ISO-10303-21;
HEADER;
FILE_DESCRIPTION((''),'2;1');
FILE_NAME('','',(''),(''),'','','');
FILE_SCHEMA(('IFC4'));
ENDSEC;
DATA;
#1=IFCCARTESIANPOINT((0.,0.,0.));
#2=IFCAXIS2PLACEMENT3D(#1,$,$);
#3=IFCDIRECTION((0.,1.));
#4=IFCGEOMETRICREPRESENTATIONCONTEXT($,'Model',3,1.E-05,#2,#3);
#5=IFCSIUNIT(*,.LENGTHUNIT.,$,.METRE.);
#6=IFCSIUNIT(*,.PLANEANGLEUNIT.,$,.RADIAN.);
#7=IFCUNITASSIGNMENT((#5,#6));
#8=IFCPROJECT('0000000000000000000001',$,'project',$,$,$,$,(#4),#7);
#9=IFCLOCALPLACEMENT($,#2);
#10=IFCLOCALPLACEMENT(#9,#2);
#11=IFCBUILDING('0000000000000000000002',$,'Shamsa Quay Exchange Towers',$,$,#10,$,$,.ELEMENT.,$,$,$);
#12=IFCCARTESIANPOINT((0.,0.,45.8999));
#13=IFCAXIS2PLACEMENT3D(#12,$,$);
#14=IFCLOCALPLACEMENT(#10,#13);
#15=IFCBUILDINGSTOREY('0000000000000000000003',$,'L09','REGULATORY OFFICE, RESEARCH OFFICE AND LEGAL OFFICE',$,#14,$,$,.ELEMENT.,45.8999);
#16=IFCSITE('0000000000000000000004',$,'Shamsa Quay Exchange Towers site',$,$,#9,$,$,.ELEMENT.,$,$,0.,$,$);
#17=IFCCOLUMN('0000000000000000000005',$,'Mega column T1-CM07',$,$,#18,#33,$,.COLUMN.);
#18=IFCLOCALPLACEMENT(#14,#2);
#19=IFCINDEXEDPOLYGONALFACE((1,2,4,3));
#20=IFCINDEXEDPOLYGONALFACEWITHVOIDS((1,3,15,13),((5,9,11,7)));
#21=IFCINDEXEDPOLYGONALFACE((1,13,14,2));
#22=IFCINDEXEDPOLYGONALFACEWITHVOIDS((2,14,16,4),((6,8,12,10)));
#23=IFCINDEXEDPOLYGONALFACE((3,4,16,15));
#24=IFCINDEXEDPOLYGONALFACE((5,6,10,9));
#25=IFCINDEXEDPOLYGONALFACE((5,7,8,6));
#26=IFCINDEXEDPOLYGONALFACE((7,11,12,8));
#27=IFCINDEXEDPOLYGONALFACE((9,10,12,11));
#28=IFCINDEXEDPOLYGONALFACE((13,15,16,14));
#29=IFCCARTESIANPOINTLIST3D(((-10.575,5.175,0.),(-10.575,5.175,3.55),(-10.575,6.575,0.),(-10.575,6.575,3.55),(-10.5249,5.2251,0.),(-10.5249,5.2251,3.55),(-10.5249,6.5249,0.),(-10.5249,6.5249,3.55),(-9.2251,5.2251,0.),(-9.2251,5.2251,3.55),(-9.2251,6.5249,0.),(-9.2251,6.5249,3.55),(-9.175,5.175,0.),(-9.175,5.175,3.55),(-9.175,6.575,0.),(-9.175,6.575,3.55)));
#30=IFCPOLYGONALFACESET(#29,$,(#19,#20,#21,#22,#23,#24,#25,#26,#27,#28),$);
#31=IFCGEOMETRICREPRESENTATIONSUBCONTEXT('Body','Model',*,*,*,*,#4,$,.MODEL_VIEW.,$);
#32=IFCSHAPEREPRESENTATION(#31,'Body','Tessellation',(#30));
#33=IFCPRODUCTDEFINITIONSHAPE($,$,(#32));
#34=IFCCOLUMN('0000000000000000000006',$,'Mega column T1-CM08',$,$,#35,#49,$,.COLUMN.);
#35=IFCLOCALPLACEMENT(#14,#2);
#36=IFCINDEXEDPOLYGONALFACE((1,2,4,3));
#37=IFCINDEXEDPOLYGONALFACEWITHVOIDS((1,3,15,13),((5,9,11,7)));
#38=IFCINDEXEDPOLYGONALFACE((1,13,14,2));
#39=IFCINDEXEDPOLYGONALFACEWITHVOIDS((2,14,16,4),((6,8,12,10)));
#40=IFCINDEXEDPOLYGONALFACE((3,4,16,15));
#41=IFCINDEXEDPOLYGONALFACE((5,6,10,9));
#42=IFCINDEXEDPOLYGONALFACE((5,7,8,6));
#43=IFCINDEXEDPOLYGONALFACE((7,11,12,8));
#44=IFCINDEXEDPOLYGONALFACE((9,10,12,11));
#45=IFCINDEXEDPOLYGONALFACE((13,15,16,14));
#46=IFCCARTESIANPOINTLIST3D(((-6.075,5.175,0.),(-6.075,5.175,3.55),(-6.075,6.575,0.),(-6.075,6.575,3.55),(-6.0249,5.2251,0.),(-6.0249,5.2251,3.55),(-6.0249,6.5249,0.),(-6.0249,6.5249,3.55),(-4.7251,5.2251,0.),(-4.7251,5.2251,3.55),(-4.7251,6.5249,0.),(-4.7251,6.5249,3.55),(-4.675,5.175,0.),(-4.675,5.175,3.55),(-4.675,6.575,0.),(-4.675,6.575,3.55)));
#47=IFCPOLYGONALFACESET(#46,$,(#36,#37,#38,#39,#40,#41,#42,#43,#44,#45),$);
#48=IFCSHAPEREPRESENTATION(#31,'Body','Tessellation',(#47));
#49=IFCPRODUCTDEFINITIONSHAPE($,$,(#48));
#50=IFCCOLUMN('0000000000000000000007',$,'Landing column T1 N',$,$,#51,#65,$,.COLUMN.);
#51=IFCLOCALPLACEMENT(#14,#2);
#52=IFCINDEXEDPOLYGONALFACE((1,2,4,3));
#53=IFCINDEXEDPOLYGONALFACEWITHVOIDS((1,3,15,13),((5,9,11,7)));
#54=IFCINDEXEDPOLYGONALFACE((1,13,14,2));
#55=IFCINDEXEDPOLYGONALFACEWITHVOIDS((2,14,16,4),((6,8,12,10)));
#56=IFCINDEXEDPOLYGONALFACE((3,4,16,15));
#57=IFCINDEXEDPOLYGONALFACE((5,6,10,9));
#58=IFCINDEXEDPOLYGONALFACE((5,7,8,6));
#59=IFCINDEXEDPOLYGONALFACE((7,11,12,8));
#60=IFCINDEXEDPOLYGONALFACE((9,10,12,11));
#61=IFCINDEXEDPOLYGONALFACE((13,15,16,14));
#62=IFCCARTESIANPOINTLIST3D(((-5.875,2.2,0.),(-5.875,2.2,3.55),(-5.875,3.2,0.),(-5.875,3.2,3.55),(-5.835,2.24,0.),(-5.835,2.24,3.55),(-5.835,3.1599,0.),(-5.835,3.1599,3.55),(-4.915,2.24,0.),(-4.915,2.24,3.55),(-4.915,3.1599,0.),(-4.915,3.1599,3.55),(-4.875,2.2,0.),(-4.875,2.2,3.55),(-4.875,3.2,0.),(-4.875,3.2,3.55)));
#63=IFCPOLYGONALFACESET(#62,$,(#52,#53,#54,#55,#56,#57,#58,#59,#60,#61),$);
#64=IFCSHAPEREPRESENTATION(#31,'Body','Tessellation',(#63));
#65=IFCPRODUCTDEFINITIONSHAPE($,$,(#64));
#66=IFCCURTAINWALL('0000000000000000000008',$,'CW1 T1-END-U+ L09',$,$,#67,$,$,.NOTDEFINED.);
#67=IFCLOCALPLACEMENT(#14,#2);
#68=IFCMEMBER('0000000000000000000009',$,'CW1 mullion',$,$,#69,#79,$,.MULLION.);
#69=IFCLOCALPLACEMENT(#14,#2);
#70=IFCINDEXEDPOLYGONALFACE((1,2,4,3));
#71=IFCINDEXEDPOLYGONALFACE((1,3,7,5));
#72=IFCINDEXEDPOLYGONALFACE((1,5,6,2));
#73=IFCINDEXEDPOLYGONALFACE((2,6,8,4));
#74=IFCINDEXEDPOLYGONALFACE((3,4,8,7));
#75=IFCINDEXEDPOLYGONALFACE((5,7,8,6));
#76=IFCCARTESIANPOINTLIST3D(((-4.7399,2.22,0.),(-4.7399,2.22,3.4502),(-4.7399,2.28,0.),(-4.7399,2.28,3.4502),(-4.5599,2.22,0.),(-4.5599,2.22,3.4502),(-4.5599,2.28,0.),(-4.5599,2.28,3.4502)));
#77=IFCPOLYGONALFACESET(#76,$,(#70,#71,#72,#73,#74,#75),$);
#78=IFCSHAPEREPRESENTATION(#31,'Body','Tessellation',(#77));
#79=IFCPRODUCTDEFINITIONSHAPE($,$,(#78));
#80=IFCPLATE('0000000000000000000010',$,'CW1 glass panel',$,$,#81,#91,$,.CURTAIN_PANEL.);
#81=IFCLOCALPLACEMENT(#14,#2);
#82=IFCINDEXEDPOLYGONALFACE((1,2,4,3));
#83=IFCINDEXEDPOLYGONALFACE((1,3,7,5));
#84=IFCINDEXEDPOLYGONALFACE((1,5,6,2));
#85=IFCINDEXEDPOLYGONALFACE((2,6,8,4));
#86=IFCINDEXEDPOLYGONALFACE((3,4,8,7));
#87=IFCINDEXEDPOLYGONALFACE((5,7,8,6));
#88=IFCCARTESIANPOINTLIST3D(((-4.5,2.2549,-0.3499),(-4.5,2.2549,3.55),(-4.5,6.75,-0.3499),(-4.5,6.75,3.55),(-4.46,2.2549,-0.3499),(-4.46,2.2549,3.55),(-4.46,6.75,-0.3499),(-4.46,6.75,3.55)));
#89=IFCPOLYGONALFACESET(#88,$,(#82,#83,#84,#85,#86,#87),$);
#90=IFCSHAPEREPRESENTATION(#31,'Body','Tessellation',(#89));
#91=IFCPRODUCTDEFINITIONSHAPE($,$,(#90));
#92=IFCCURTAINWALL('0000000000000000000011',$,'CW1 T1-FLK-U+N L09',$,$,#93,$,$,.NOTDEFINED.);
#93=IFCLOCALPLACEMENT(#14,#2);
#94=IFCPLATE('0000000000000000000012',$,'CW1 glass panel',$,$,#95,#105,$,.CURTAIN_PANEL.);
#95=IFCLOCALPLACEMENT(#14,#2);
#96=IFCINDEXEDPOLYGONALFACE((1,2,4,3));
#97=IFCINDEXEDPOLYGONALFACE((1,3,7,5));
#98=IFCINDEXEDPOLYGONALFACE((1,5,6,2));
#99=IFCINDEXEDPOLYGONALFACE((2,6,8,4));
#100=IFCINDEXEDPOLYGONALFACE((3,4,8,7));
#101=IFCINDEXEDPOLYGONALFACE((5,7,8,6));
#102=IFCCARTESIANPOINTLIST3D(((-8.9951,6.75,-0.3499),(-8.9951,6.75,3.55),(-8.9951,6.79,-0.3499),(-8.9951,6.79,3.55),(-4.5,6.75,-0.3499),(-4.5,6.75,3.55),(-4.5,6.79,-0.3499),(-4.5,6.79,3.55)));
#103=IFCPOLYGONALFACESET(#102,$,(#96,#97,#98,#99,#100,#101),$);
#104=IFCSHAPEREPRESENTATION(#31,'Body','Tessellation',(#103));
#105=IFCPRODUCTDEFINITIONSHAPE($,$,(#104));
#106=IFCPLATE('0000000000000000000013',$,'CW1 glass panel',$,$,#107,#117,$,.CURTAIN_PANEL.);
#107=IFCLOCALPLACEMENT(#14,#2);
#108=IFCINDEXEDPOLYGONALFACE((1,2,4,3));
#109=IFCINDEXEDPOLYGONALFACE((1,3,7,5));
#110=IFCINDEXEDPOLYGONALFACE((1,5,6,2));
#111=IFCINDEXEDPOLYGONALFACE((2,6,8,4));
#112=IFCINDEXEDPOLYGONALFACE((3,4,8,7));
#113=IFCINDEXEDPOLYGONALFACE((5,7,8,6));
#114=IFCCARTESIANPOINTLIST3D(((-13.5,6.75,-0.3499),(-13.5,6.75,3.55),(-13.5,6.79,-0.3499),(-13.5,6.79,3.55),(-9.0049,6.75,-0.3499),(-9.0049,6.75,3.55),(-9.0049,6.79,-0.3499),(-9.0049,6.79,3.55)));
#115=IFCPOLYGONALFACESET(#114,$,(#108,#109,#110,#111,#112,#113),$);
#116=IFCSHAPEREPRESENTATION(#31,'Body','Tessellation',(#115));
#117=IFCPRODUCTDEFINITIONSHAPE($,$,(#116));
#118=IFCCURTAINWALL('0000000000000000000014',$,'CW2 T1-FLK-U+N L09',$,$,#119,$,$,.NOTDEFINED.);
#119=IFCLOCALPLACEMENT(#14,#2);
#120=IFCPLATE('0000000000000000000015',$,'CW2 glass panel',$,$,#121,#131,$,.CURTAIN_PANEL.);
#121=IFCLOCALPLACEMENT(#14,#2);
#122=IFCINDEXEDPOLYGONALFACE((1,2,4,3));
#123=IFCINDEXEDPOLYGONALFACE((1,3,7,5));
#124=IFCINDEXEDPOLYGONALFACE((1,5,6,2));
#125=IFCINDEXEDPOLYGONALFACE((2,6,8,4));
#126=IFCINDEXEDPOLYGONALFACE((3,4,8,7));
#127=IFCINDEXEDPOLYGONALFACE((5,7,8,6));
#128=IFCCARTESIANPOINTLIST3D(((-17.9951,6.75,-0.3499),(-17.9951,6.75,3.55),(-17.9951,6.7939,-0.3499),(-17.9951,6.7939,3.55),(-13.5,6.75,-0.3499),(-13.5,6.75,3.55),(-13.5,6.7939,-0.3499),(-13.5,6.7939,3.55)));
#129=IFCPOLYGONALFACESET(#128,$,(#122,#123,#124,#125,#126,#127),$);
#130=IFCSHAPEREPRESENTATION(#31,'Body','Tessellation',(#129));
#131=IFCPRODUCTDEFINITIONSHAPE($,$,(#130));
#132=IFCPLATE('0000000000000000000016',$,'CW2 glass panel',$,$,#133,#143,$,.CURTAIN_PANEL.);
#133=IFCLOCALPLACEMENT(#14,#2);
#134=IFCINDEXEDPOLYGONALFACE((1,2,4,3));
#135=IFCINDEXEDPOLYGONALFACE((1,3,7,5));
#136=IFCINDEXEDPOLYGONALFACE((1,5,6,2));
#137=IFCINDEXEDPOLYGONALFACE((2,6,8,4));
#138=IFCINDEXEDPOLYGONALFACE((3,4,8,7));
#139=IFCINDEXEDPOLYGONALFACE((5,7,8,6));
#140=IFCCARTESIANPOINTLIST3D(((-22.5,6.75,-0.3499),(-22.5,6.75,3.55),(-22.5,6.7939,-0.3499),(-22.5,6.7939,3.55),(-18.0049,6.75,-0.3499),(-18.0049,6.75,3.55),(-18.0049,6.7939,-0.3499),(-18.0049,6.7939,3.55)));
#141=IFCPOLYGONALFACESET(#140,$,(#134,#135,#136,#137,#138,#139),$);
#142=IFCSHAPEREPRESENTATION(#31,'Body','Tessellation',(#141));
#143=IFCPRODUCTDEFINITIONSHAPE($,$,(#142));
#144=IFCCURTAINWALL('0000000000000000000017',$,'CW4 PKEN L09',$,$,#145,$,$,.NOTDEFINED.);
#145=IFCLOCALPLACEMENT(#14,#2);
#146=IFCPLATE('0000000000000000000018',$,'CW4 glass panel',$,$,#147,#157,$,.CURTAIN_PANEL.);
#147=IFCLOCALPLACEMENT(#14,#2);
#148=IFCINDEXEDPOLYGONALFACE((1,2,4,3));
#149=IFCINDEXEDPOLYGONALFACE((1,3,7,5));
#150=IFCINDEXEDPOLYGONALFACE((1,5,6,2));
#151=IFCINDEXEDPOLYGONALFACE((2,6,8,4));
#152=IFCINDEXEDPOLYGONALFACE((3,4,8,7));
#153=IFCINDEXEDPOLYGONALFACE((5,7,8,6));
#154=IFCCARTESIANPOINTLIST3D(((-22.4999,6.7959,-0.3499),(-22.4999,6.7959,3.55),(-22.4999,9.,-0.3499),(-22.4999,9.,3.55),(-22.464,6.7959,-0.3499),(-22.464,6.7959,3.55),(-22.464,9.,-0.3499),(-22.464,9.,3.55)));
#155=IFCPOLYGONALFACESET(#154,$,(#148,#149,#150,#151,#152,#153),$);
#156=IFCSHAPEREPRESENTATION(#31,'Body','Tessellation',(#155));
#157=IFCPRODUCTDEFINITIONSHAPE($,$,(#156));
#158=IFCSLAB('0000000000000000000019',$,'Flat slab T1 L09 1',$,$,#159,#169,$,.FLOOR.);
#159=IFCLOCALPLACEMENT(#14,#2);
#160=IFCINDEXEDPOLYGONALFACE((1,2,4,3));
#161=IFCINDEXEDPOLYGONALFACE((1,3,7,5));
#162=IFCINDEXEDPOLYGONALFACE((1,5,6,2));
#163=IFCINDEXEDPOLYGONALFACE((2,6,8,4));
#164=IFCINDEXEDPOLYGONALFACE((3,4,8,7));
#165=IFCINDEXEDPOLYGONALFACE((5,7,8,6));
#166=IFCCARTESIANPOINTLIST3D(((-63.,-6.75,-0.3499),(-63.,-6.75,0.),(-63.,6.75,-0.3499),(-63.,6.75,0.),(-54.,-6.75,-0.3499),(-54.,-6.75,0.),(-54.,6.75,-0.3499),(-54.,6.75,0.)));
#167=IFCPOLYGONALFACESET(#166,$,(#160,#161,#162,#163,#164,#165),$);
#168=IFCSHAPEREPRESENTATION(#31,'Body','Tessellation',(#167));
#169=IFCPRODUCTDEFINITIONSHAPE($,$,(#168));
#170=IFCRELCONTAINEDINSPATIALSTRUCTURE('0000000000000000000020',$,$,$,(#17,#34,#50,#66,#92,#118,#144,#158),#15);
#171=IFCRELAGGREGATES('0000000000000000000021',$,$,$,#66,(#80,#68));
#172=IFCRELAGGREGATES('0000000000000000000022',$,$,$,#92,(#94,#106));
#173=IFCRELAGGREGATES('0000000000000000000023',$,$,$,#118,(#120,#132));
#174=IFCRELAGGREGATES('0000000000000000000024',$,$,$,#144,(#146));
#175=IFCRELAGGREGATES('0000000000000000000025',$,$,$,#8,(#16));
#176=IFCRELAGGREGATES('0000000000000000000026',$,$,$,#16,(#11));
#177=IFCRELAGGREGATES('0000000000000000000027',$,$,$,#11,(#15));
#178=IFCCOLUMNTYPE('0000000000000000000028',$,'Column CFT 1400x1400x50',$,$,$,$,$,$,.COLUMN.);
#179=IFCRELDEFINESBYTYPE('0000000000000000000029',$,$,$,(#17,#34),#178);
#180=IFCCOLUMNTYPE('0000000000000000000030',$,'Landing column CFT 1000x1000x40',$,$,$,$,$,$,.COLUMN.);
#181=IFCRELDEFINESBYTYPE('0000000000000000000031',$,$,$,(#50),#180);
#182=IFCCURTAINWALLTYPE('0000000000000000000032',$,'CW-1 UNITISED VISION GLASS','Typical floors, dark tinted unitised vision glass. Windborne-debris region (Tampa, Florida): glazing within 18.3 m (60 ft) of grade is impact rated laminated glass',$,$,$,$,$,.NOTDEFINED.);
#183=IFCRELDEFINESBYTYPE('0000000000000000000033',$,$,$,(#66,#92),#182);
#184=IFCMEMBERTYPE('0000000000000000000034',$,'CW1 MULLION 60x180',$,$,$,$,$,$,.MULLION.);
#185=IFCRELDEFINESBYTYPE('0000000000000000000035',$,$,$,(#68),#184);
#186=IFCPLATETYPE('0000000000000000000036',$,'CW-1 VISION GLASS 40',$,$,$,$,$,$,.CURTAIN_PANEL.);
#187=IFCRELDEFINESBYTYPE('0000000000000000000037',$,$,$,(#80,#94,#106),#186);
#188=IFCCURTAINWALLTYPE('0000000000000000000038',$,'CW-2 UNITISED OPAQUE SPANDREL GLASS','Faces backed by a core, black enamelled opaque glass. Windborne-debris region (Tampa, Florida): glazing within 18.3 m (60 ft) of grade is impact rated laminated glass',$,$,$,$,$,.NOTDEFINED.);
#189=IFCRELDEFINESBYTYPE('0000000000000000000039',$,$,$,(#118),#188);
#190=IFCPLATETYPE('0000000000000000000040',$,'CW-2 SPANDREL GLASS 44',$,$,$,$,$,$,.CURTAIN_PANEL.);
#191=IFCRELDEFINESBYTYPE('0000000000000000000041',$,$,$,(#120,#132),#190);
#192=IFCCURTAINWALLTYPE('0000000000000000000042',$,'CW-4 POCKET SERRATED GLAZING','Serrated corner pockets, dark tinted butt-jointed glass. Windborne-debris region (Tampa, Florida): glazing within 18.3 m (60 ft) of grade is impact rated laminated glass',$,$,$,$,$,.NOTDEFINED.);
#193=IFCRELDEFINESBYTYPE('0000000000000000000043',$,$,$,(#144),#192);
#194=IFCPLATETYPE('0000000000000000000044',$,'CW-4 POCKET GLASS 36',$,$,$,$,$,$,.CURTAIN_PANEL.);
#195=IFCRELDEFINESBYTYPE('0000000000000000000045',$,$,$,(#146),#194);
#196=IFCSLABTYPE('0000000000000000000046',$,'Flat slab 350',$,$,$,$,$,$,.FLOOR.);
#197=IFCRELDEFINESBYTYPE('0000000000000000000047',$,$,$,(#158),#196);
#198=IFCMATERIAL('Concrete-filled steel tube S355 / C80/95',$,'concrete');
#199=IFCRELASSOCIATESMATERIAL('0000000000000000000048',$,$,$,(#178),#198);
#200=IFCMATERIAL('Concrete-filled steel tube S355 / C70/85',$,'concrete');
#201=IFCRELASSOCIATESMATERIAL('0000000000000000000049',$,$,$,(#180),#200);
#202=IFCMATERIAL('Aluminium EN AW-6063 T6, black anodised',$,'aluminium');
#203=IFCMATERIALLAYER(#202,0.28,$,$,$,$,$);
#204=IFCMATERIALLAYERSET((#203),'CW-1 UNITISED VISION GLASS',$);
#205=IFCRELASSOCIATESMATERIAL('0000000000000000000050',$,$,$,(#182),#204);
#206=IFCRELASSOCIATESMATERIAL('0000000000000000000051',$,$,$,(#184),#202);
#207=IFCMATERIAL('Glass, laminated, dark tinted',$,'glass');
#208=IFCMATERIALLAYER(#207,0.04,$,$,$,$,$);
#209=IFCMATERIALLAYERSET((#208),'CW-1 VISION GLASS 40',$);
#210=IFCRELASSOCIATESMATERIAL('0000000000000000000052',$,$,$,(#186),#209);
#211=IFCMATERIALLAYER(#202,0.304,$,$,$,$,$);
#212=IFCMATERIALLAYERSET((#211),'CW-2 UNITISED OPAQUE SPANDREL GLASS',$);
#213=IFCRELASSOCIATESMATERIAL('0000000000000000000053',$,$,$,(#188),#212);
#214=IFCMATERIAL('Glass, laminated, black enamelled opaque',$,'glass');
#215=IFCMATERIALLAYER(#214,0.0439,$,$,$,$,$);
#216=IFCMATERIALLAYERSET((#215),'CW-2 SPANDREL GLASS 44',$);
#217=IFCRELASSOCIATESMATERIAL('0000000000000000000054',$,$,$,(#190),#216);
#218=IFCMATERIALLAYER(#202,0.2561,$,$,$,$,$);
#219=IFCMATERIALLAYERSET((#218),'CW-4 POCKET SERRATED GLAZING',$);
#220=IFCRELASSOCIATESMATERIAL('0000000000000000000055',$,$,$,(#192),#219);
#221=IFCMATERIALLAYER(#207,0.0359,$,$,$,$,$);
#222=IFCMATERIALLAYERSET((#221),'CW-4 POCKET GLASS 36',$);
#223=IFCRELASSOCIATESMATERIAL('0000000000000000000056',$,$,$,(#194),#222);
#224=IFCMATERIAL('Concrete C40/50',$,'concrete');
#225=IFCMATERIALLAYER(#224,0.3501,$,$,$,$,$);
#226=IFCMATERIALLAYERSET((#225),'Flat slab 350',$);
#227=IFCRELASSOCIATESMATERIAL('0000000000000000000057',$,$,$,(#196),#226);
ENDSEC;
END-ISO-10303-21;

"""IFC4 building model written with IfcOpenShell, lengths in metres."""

from ifc_helpers import new_model, si_unit, direction, frame, origin, origin_2d, place, context, subcontext, project, spatial, polyline, rectangle, hollow_rectangle, outline, extrude, material, layer, layer_set, material_profile, profile_set, type_object, element, aggregate, save


model = new_model("IFC4")

# Units and contexts
model_context = context("Model", 3, precision=1e-05, world=origin(), true_north=direction((0.0, 1.0)))
body_context = subcontext(model_context, "Body", "Model", "MODEL_VIEW")
ifc_project = project(units=[si_unit("LENGTHUNIT", "METRE"), si_unit("PLANEANGLEUNIT", "RADIAN")], contexts=[model_context])

# Site, building, storey
site_placement = place(None, origin())
site = spatial("IfcSite", under=ifc_project, at=site_placement, Name="Shamsa Quay Exchange Towers site", CompositionType="ELEMENT", RefElevation=0.0)
building_placement = place(site_placement, origin())
building = spatial("IfcBuilding", under=site, at=building_placement, Name="Shamsa Quay Exchange Towers", CompositionType="ELEMENT")
storey_placement = place(building_placement, frame((0.0, 0.0, 45.8999)))
storey = spatial("IfcBuildingStorey", under=building, at=storey_placement, Name="L09", Description="REGULATORY OFFICE, RESEARCH OFFICE AND LEGAL OFFICE", CompositionType="ELEMENT", Elevation=45.8999)

# Columns
ifc_material_1 = material(Name="Concrete-filled steel tube S355 / C80/95", Category="concrete")
ifc_material_profile_1 = material_profile(ifc_material_1, hollow_rectangle(XDim=1.3999, YDim=1.3999, WallThickness=0.05, at=origin_2d()), Name="CFT 1400x1400x50")
ifc_profile_set_1 = profile_set([ifc_material_profile_1], Name="Concrete-filled steel tube S355 / C80/95")
column_type_1 = type_object("IfcColumnType", Name="Column CFT 1400x1400x50", PredefinedType="COLUMN", material=ifc_profile_set_1)
for number, where, name in (
    (1, (-9.875, 5.875, 0.0), "Mega column T1-CM07"),
    (2, (-5.375, 5.875, 0.0), "Mega column T1-CM08"),
):
    element("IfcColumn", number, at=place(storey_placement, frame(where)), inside=storey, type_object=column_type_1, Name=name, PredefinedType="COLUMN", context=body_context, shape_type="SweptSolid", body=[
        extrude(hollow_rectangle(XDim=1.3999, YDim=1.3999, WallThickness=0.05, at=origin_2d()), origin(), (0.0, 0.0, 1.0), 3.55),
    ])
ifc_material_2 = material(Name="Concrete-filled steel tube S355 / C70/85", Category="concrete")
ifc_material_profile_2 = material_profile(ifc_material_2, hollow_rectangle(XDim=1.0, YDim=1.0, WallThickness=0.04, at=origin_2d()), Name="CFT 1000x1000x40")
ifc_profile_set_2 = profile_set([ifc_material_profile_2], Name="Concrete-filled steel tube S355 / C70/85")
column_type_2 = type_object("IfcColumnType", Name="Landing column CFT 1000x1000x40", PredefinedType="COLUMN", material=ifc_profile_set_2)
column_placement = place(storey_placement, frame((-5.375, 2.7, 0.0)))
element("IfcColumn", 3, at=column_placement, inside=storey, type_object=column_type_2, Name="Landing column T1 N", PredefinedType="COLUMN", context=body_context, shape_type="SweptSolid", body=[
    extrude(hollow_rectangle(XDim=1.0, YDim=1.0, WallThickness=0.04, at=origin_2d()), origin(), (0.0, 0.0, 1.0), 3.55),
])

# Curtain wall, member, plate
ifc_material_3 = material(Name="Aluminium EN AW-6063 T6, black anodised", Category="aluminium")
ifc_layer_1 = layer(ifc_material_3, 0.28)
ifc_layer_set_1 = layer_set([ifc_layer_1], Name="CW-1 UNITISED VISION GLASS")
curtain_wall_type_1 = type_object("IfcCurtainWallType", Name="CW-1 UNITISED VISION GLASS", Description="Typical floors, dark tinted unitised vision glass. Windborne-debris region (Tampa, Florida): glazing within 18.3 m (60 ft) of grade is impact rated laminated glass", PredefinedType="NOTDEFINED", material=ifc_layer_set_1)
curtain_wall_1_placement = place(storey_placement, origin())
curtain_wall_1 = element("IfcCurtainWall", 4, at=curtain_wall_1_placement, inside=storey, type_object=curtain_wall_type_1, Name="CW1 T1-END-U+ L09", PredefinedType="NOTDEFINED")
ifc_material_profile_3 = material_profile(ifc_material_3, rectangle(XDim=0.1799, YDim=0.0601, at=origin_2d()), Name="MU60x180")
ifc_profile_set_3 = profile_set([ifc_material_profile_3], Name="Aluminium EN AW-6063 T6, black anodised")
member_type = type_object("IfcMemberType", Name="CW1 MULLION 60x180", PredefinedType="MULLION", material=ifc_profile_set_3)
member_placement = place(storey_placement, frame((-4.6499, 2.25, 0.0), z_axis=(0.0, 0.0, 1.0), x_axis=(-1.0, 0.0, 0.0)))
member = element("IfcMember", 5, at=member_placement, type_object=member_type, Name="CW1 mullion", PredefinedType="MULLION", context=body_context, shape_type="SweptSolid", body=[
    extrude(rectangle(XDim=0.1799, YDim=0.0601, at=origin_2d()), origin(), (0.0, 0.0, 1.0), 3.4502),
])
ifc_material_4 = material(Name="Glass, laminated, dark tinted", Category="glass")
ifc_layer_2 = layer(ifc_material_4, 0.04)
ifc_layer_set_2 = layer_set([ifc_layer_2], Name="CW-1 VISION GLASS 40")
plate_type_1 = type_object("IfcPlateType", Name="CW-1 VISION GLASS 40", PredefinedType="CURTAIN_PANEL", material=ifc_layer_set_2)
plate_1_placement = place(storey_placement, frame((-4.48, 4.5024, -0.3499), z_axis=(0.0, 0.0, 1.0), x_axis=(0.0, 1.0, 0.0)))
plate_1 = element("IfcPlate", 6, at=plate_1_placement, type_object=plate_type_1, Name="CW1 glass panel", PredefinedType="CURTAIN_PANEL", context=body_context, shape_type="SweptSolid", body=[
    extrude(rectangle(XDim=4.4951, YDim=0.04, at=origin_2d()), origin(), (0.0, 0.0, 1.0), 3.8999),
])
aggregate(curtain_wall_1, [plate_1, member])

# Curtain walls, plates
curtain_wall_2_placement = place(storey_placement, origin())
curtain_wall_2 = element("IfcCurtainWall", 7, at=curtain_wall_2_placement, inside=storey, type_object=curtain_wall_type_1, Name="CW1 T1-FLK-U+N L09", PredefinedType="NOTDEFINED")
plate_2_placement = place(storey_placement, frame((-6.7476, 6.77, -0.3499), z_axis=(0.0, 0.0, 1.0), x_axis=(-1.0, 0.0, 0.0)))
plate_2 = element("IfcPlate", 8, at=plate_2_placement, type_object=plate_type_1, Name="CW1 glass panel", PredefinedType="CURTAIN_PANEL", context=body_context, shape_type="SweptSolid", body=[
    extrude(rectangle(XDim=4.4951, YDim=0.04, at=origin_2d()), origin(), (0.0, 0.0, 1.0), 3.8999),
])
plate_3_placement = place(storey_placement, frame((-11.2524, 6.77, -0.3499), z_axis=(0.0, 0.0, 1.0), x_axis=(-1.0, 0.0, 0.0)))
plate_3 = element("IfcPlate", 9, at=plate_3_placement, type_object=plate_type_1, Name="CW1 glass panel", PredefinedType="CURTAIN_PANEL", context=body_context, shape_type="SweptSolid", body=[
    extrude(rectangle(XDim=4.4951, YDim=0.04, at=origin_2d()), origin(), (0.0, 0.0, 1.0), 3.8999),
])
aggregate(curtain_wall_2, [plate_2, plate_3])
ifc_layer_3 = layer(ifc_material_3, 0.304)
ifc_layer_set_3 = layer_set([ifc_layer_3], Name="CW-2 UNITISED OPAQUE SPANDREL GLASS")
curtain_wall_type_2 = type_object("IfcCurtainWallType", Name="CW-2 UNITISED OPAQUE SPANDREL GLASS", Description="Faces backed by a core, black enamelled opaque glass. Windborne-debris region (Tampa, Florida): glazing within 18.3 m (60 ft) of grade is impact rated laminated glass", PredefinedType="NOTDEFINED", material=ifc_layer_set_3)
curtain_wall_3_placement = place(storey_placement, origin())
curtain_wall_3 = element("IfcCurtainWall", 10, at=curtain_wall_3_placement, inside=storey, type_object=curtain_wall_type_2, Name="CW2 T1-FLK-U+N L09", PredefinedType="NOTDEFINED")
ifc_material_5 = material(Name="Glass, laminated, black enamelled opaque", Category="glass")
ifc_layer_4 = layer(ifc_material_5, 0.0439)
ifc_layer_set_4 = layer_set([ifc_layer_4], Name="CW-2 SPANDREL GLASS 44")
plate_type_2 = type_object("IfcPlateType", Name="CW-2 SPANDREL GLASS 44", PredefinedType="CURTAIN_PANEL", material=ifc_layer_set_4)
plate_4_placement = place(storey_placement, frame((-15.7476, 6.772, -0.3499), z_axis=(0.0, 0.0, 1.0), x_axis=(-1.0, 0.0, 0.0)))
plate_4 = element("IfcPlate", 11, at=plate_4_placement, type_object=plate_type_2, Name="CW2 glass panel", PredefinedType="CURTAIN_PANEL", context=body_context, shape_type="SweptSolid", body=[
    extrude(rectangle(XDim=4.4951, YDim=0.0439, at=origin_2d()), origin(), (0.0, 0.0, 1.0), 3.8999),
])
plate_5_placement = place(storey_placement, frame((-20.2524, 6.772, -0.3499), z_axis=(0.0, 0.0, 1.0), x_axis=(-1.0, 0.0, 0.0)))
plate_5 = element("IfcPlate", 12, at=plate_5_placement, type_object=plate_type_2, Name="CW2 glass panel", PredefinedType="CURTAIN_PANEL", context=body_context, shape_type="SweptSolid", body=[
    extrude(rectangle(XDim=4.4951, YDim=0.0439, at=origin_2d()), origin(), (0.0, 0.0, 1.0), 3.8999),
])
aggregate(curtain_wall_3, [plate_4, plate_5])

# Curtain wall, plate
ifc_layer_5 = layer(ifc_material_3, 0.2561)
ifc_layer_set_5 = layer_set([ifc_layer_5], Name="CW-4 POCKET SERRATED GLAZING")
curtain_wall_type_3 = type_object("IfcCurtainWallType", Name="CW-4 POCKET SERRATED GLAZING", Description="Serrated corner pockets, dark tinted butt-jointed glass. Windborne-debris region (Tampa, Florida): glazing within 18.3 m (60 ft) of grade is impact rated laminated glass", PredefinedType="NOTDEFINED", material=ifc_layer_set_5)
curtain_wall_4_placement = place(storey_placement, origin())
curtain_wall_4 = element("IfcCurtainWall", 13, at=curtain_wall_4_placement, inside=storey, type_object=curtain_wall_type_3, Name="CW4 PKEN L09", PredefinedType="NOTDEFINED")
ifc_layer_6 = layer(ifc_material_4, 0.0359)
ifc_layer_set_6 = layer_set([ifc_layer_6], Name="CW-4 POCKET GLASS 36")
plate_type_3 = type_object("IfcPlateType", Name="CW-4 POCKET GLASS 36", PredefinedType="CURTAIN_PANEL", material=ifc_layer_set_6)
plate_6_placement = place(storey_placement, frame((-22.4819, 7.8979, -0.3499), z_axis=(0.0, 0.0, 1.0), x_axis=(0.0, 1.0, 0.0)))
plate_6 = element("IfcPlate", 14, at=plate_6_placement, type_object=plate_type_3, Name="CW4 glass panel", PredefinedType="CURTAIN_PANEL", context=body_context, shape_type="SweptSolid", body=[
    extrude(rectangle(XDim=2.2041, YDim=0.0359, at=origin_2d()), origin(), (0.0, 0.0, 1.0), 3.8999),
])
aggregate(curtain_wall_4, [plate_6])

# Slab
ifc_material_6 = material(Name="Concrete C40/50", Category="concrete")
ifc_layer_7 = layer(ifc_material_6, 0.3501)
ifc_layer_set_7 = layer_set([ifc_layer_7], Name="Flat slab 350")
slab_type = type_object("IfcSlabType", Name="Flat slab 350", PredefinedType="FLOOR", material=ifc_layer_set_7)
slab_1_placement = place(storey_placement, frame((0.0, 0.0, -0.3499)))
element("IfcSlab", 15, at=slab_1_placement, inside=storey, type_object=slab_type, Name="Flat slab T1 L09 1", PredefinedType="FLOOR", context=body_context, shape_type="SweptSolid", body=[
    extrude(outline(polyline([(-63.0, -6.75), (-54.0, -6.75), (-54.0, 6.75), (-63.0, 6.75), (-63.0, -6.75)])), origin(), (0.0, 0.0, 1.0), 0.3499),
])

save(model, "model.ifc")
